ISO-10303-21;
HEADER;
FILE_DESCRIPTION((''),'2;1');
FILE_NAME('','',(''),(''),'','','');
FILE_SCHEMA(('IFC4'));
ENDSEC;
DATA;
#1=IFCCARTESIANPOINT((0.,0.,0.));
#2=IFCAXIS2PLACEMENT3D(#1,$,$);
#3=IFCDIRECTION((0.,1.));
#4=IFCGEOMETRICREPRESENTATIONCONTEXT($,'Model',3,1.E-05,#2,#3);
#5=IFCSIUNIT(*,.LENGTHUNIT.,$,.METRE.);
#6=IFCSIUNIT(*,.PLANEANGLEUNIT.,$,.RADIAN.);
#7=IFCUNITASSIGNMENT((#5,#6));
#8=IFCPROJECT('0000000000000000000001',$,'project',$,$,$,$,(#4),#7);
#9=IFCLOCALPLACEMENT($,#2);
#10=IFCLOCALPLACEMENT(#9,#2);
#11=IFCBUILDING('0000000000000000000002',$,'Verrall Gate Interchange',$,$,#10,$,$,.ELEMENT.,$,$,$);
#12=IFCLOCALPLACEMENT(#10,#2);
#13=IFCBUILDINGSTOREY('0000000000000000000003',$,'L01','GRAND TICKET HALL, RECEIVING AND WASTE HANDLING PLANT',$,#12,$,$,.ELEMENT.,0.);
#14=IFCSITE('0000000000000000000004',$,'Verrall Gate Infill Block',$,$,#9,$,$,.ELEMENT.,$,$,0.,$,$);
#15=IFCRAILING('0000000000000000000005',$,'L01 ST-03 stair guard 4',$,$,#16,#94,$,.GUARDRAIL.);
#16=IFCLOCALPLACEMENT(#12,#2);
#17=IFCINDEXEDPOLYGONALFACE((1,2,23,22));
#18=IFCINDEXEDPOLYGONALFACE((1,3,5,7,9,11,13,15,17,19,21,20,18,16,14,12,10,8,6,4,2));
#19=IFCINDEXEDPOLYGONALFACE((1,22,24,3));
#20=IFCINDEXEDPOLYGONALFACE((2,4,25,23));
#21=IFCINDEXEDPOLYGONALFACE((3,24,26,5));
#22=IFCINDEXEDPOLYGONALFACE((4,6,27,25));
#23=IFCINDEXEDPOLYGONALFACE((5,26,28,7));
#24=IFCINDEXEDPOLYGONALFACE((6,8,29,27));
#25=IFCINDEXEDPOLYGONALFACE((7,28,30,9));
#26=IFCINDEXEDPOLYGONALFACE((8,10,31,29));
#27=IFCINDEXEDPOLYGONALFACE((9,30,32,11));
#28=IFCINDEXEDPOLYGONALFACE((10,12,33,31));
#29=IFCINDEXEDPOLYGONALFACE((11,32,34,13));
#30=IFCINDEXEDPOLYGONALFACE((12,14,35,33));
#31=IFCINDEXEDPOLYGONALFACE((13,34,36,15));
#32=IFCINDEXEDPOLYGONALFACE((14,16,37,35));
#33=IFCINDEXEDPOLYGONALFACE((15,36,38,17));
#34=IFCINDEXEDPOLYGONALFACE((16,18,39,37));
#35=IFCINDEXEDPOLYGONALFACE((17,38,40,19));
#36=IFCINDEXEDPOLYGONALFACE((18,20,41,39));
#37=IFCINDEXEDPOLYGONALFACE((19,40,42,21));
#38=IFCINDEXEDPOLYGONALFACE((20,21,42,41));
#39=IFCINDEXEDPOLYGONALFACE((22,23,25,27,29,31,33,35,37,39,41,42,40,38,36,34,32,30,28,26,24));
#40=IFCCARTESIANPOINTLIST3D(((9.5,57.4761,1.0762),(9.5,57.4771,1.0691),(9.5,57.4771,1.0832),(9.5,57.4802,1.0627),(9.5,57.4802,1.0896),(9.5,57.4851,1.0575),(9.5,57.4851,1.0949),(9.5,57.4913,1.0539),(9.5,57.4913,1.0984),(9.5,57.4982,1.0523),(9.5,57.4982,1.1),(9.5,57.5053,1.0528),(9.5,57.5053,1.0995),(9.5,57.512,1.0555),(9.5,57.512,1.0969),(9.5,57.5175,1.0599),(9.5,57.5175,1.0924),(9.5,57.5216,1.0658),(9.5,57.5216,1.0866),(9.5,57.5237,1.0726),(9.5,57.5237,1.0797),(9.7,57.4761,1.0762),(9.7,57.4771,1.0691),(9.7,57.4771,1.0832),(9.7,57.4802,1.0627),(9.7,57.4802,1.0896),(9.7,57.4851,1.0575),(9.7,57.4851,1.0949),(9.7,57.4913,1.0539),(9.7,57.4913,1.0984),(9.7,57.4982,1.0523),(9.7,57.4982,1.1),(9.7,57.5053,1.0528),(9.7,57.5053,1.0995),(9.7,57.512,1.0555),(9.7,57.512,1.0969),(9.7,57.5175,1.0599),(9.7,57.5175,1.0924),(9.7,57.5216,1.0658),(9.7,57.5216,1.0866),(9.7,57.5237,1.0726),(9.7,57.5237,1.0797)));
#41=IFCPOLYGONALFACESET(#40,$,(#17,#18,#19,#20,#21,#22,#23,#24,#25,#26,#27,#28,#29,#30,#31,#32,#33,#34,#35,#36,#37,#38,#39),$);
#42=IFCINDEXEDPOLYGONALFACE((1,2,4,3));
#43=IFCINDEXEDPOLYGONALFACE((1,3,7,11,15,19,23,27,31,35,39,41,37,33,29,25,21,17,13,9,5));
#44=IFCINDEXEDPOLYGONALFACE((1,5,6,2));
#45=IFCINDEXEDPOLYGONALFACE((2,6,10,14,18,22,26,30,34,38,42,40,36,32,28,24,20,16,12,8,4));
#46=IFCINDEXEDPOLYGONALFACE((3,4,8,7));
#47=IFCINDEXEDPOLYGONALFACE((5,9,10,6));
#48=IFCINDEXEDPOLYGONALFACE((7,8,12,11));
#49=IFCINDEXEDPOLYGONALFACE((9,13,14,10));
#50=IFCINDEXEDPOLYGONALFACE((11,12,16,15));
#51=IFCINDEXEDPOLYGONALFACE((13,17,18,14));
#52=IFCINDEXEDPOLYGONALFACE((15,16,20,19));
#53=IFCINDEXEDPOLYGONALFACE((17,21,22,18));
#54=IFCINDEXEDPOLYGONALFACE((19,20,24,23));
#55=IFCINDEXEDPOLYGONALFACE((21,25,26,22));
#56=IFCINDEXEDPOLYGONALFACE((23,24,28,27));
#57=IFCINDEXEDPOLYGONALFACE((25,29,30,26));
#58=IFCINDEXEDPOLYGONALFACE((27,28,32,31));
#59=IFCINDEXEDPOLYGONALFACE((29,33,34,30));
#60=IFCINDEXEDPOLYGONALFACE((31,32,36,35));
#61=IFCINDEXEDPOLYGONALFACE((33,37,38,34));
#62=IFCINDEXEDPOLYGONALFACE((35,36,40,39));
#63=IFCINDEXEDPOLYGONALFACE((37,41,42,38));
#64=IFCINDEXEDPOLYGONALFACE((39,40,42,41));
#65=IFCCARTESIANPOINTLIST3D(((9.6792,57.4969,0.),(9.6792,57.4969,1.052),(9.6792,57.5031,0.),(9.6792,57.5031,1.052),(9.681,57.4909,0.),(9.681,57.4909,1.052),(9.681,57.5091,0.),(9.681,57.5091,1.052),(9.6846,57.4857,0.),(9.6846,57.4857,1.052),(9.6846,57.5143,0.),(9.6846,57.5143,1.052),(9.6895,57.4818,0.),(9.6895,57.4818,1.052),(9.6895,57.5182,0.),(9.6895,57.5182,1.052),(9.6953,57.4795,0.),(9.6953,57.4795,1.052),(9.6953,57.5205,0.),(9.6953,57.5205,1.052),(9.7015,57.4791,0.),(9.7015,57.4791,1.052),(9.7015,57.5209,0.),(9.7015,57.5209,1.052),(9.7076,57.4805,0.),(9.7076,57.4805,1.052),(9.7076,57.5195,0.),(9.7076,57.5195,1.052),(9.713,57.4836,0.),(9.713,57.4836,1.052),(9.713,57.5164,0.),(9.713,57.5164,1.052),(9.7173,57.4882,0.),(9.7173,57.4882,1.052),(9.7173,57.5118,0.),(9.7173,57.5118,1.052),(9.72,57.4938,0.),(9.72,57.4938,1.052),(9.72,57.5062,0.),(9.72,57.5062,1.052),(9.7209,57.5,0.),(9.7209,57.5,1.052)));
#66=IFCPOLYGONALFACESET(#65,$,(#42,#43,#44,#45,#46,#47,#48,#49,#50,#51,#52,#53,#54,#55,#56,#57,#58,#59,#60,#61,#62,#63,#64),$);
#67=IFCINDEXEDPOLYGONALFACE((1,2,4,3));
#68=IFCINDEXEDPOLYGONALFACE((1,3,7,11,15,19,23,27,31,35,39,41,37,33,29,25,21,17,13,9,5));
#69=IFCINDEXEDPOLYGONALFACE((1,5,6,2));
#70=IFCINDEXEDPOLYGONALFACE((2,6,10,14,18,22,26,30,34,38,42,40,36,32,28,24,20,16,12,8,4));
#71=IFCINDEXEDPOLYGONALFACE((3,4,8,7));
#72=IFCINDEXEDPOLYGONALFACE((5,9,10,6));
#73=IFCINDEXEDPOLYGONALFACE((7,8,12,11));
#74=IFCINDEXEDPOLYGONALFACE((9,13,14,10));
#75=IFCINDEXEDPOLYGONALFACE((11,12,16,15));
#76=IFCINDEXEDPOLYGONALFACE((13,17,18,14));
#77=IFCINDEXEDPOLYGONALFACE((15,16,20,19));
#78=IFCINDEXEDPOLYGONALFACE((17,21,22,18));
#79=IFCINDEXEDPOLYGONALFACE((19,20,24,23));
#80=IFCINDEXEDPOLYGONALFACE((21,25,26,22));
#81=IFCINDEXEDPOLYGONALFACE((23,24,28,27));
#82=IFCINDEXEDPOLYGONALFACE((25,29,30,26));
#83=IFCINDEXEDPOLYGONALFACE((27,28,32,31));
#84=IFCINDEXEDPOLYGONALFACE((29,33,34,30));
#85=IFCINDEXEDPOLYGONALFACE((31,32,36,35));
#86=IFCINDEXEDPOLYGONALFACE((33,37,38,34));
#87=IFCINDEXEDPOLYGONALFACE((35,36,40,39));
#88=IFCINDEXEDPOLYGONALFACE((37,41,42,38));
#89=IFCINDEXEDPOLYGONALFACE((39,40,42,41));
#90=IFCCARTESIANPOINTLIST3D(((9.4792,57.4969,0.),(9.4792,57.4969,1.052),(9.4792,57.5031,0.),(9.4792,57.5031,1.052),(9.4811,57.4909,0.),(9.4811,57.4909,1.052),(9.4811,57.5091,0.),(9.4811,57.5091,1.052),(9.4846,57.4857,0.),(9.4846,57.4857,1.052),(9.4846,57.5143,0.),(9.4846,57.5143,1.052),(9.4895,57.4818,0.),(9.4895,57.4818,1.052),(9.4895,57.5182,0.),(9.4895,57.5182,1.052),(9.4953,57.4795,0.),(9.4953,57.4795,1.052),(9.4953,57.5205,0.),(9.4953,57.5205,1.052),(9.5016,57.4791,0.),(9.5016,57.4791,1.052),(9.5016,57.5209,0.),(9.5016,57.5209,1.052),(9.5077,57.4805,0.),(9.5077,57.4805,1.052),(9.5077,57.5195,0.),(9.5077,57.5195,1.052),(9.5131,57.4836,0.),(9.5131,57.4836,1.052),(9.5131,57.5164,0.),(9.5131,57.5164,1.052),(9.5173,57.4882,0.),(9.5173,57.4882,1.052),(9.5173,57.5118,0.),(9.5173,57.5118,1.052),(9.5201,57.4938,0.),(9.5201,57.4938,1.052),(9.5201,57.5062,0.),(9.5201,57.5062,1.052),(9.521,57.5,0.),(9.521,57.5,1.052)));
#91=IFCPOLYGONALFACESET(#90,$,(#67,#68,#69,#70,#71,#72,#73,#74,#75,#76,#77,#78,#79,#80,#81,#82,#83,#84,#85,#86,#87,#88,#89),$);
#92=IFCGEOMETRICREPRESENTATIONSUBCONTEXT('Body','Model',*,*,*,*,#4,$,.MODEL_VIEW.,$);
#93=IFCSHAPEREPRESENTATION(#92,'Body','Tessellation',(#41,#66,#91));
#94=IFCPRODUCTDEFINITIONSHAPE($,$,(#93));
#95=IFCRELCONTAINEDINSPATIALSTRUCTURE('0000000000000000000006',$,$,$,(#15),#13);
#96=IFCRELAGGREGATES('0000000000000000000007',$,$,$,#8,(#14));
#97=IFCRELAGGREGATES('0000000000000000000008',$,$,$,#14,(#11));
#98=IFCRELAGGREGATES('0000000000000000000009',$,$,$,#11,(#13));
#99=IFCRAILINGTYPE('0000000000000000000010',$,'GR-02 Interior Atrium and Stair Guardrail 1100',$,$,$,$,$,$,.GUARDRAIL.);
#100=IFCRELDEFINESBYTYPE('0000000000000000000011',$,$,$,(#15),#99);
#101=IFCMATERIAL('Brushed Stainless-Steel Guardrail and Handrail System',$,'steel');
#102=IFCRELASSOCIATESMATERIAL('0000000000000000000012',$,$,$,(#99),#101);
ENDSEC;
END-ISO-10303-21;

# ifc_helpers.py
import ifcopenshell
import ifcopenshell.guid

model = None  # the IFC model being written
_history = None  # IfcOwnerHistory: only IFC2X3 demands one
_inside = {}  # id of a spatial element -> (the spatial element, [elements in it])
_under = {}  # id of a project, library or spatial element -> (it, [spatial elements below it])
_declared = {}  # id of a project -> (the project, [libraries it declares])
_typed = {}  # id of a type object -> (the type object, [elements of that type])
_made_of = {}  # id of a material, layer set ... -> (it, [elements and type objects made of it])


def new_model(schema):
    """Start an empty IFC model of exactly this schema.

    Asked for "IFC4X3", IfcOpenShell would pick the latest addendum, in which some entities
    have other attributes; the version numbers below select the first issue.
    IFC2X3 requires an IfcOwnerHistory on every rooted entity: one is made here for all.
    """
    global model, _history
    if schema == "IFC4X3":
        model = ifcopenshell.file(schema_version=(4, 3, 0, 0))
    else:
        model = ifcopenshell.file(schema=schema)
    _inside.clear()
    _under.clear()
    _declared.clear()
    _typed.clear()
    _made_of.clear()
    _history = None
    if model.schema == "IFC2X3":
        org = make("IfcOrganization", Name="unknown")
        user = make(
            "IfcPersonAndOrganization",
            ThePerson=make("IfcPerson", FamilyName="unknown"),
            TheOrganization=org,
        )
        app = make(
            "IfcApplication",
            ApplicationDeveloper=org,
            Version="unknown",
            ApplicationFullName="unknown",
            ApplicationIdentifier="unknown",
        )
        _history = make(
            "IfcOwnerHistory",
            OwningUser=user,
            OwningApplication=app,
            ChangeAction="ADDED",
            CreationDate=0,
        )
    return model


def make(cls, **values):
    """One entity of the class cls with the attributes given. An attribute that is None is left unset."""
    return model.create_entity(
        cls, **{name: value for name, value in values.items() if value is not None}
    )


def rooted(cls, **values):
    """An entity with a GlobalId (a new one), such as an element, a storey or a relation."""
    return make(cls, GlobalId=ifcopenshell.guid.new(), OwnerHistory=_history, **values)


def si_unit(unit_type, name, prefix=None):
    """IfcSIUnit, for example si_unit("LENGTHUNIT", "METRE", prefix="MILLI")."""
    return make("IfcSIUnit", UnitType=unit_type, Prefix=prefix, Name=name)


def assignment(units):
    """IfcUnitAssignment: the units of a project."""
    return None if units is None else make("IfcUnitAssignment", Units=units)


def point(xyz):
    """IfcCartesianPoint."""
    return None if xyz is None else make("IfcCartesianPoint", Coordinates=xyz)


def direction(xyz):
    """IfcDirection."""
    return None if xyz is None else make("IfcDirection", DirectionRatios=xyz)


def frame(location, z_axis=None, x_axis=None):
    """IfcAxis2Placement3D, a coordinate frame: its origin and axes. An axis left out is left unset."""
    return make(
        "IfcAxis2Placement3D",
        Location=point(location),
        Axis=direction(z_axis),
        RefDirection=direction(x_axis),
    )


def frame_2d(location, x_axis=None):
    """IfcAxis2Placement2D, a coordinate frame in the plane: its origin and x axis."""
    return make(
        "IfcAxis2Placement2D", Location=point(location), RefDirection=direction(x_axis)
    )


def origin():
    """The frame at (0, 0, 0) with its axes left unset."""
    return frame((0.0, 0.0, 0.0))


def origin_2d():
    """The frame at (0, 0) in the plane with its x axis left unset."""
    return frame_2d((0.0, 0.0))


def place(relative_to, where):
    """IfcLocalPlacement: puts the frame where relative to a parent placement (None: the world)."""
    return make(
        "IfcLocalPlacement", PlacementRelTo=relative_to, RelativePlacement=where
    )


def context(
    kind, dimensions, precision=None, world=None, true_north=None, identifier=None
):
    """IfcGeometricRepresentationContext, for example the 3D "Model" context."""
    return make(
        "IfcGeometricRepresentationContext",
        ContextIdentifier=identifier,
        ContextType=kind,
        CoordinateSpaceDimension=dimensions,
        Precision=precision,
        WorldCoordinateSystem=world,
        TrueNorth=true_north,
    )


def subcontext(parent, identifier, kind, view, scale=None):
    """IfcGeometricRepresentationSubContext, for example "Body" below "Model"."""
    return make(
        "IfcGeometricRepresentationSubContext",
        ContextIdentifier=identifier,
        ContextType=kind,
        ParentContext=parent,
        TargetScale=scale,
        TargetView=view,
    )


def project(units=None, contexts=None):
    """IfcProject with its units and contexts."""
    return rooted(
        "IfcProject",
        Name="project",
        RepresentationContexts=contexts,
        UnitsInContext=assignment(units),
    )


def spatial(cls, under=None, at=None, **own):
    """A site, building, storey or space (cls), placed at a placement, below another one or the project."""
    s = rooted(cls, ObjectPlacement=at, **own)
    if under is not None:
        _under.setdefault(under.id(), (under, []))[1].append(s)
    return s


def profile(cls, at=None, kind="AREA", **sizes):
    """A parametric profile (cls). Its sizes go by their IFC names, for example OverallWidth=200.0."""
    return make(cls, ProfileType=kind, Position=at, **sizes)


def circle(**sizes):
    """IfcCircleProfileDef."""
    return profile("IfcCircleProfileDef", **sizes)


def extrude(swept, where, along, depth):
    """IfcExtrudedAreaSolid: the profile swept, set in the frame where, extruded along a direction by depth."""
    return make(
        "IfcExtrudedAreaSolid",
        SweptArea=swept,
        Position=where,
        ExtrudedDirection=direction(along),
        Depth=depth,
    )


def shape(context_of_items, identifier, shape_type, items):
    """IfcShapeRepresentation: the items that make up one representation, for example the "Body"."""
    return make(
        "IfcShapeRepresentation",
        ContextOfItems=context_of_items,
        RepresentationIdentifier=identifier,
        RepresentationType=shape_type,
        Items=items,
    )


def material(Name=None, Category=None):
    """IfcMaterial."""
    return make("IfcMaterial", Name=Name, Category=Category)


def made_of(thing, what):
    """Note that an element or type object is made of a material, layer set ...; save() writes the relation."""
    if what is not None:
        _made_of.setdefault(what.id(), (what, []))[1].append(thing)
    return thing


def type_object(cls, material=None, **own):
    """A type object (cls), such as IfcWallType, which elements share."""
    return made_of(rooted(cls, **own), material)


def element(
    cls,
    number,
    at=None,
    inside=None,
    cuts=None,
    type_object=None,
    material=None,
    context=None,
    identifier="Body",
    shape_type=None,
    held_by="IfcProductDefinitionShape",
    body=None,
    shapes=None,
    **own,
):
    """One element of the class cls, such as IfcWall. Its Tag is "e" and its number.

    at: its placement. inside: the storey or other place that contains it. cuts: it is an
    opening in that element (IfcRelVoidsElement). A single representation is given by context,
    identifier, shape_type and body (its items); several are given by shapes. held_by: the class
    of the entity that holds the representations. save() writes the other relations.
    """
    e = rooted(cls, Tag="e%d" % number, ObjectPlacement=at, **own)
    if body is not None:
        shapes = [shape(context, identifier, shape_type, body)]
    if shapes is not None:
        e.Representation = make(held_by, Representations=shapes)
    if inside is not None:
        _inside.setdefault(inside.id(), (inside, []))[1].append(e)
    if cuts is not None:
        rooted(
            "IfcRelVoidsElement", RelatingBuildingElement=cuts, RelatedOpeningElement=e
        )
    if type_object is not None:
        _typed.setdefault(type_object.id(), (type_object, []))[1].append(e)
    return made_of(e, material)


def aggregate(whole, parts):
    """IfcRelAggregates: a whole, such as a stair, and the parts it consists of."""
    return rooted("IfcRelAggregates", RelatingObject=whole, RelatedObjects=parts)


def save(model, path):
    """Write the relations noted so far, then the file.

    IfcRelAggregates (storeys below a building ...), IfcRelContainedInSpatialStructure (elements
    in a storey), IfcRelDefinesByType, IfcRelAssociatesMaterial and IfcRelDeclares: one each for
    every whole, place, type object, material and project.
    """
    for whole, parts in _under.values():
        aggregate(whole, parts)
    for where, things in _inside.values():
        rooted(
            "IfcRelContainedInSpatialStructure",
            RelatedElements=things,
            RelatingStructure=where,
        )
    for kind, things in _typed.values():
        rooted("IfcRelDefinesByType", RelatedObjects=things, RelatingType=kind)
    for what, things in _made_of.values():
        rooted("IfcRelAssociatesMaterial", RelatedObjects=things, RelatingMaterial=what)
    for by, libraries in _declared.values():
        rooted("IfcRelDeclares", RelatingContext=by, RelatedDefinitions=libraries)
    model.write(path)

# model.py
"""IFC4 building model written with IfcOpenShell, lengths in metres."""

from ifc_helpers import new_model, si_unit, direction, frame, origin, origin_2d, place, context, subcontext, project, spatial, circle, extrude, material, type_object, element, save


model = new_model("IFC4")

# Units and contexts
model_context = context("Model", 3, precision=1e-05, world=origin(), true_north=direction((0.0, 1.0)))
body_context = subcontext(model_context, "Body", "Model", "MODEL_VIEW")
ifc_project = project(units=[si_unit("LENGTHUNIT", "METRE"), si_unit("PLANEANGLEUNIT", "RADIAN")], contexts=[model_context])

# Site, building, storey
site_placement = place(None, origin())
site = spatial("IfcSite", under=ifc_project, at=site_placement, Name="Verrall Gate Infill Block", CompositionType="ELEMENT", RefElevation=0.0)
building_placement = place(site_placement, origin())
building = spatial("IfcBuilding", under=site, at=building_placement, Name="Verrall Gate Interchange", CompositionType="ELEMENT")
storey_placement = place(building_placement, origin())
storey = spatial("IfcBuildingStorey", under=building, at=storey_placement, Name="L01", Description="GRAND TICKET HALL, RECEIVING AND WASTE HANDLING PLANT", CompositionType="ELEMENT", Elevation=0.0)

# Railing
ifc_material_1 = material(Name="Brushed Stainless-Steel Guardrail and Handrail System", Category="steel")
railing_type_1 = type_object("IfcRailingType", Name="GR-02 Interior Atrium and Stair Guardrail 1100", PredefinedType="GUARDRAIL", material=ifc_material_1)
railing_1_placement = place(storey_placement, frame((9.7, 57.5, 0.0)))
element("IfcRailing", 1, at=railing_1_placement, inside=storey, type_object=railing_type_1, Name="L01 ST-03 stair guard 4", PredefinedType="GUARDRAIL", context=body_context, shape_type="SweptSolid", body=[
    extrude(circle(Radius=0.0239, at=origin_2d()), frame((0.0, 0.0, 1.0762), z_axis=(-1.0, 0.0, 0.0), x_axis=(0.0, -1.0, 0.0)), (0.0, 0.0, 1.0), 0.2),
    extrude(circle(Radius=0.021, at=origin_2d()), origin(), (0.0, 0.0, 1.0), 1.052),
    extrude(circle(Radius=0.021, at=origin_2d()), frame((-0.2, 0.0, 0.0)), (0.0, 0.0, 1.0), 1.052),
])

save(model, "model.ifc")
